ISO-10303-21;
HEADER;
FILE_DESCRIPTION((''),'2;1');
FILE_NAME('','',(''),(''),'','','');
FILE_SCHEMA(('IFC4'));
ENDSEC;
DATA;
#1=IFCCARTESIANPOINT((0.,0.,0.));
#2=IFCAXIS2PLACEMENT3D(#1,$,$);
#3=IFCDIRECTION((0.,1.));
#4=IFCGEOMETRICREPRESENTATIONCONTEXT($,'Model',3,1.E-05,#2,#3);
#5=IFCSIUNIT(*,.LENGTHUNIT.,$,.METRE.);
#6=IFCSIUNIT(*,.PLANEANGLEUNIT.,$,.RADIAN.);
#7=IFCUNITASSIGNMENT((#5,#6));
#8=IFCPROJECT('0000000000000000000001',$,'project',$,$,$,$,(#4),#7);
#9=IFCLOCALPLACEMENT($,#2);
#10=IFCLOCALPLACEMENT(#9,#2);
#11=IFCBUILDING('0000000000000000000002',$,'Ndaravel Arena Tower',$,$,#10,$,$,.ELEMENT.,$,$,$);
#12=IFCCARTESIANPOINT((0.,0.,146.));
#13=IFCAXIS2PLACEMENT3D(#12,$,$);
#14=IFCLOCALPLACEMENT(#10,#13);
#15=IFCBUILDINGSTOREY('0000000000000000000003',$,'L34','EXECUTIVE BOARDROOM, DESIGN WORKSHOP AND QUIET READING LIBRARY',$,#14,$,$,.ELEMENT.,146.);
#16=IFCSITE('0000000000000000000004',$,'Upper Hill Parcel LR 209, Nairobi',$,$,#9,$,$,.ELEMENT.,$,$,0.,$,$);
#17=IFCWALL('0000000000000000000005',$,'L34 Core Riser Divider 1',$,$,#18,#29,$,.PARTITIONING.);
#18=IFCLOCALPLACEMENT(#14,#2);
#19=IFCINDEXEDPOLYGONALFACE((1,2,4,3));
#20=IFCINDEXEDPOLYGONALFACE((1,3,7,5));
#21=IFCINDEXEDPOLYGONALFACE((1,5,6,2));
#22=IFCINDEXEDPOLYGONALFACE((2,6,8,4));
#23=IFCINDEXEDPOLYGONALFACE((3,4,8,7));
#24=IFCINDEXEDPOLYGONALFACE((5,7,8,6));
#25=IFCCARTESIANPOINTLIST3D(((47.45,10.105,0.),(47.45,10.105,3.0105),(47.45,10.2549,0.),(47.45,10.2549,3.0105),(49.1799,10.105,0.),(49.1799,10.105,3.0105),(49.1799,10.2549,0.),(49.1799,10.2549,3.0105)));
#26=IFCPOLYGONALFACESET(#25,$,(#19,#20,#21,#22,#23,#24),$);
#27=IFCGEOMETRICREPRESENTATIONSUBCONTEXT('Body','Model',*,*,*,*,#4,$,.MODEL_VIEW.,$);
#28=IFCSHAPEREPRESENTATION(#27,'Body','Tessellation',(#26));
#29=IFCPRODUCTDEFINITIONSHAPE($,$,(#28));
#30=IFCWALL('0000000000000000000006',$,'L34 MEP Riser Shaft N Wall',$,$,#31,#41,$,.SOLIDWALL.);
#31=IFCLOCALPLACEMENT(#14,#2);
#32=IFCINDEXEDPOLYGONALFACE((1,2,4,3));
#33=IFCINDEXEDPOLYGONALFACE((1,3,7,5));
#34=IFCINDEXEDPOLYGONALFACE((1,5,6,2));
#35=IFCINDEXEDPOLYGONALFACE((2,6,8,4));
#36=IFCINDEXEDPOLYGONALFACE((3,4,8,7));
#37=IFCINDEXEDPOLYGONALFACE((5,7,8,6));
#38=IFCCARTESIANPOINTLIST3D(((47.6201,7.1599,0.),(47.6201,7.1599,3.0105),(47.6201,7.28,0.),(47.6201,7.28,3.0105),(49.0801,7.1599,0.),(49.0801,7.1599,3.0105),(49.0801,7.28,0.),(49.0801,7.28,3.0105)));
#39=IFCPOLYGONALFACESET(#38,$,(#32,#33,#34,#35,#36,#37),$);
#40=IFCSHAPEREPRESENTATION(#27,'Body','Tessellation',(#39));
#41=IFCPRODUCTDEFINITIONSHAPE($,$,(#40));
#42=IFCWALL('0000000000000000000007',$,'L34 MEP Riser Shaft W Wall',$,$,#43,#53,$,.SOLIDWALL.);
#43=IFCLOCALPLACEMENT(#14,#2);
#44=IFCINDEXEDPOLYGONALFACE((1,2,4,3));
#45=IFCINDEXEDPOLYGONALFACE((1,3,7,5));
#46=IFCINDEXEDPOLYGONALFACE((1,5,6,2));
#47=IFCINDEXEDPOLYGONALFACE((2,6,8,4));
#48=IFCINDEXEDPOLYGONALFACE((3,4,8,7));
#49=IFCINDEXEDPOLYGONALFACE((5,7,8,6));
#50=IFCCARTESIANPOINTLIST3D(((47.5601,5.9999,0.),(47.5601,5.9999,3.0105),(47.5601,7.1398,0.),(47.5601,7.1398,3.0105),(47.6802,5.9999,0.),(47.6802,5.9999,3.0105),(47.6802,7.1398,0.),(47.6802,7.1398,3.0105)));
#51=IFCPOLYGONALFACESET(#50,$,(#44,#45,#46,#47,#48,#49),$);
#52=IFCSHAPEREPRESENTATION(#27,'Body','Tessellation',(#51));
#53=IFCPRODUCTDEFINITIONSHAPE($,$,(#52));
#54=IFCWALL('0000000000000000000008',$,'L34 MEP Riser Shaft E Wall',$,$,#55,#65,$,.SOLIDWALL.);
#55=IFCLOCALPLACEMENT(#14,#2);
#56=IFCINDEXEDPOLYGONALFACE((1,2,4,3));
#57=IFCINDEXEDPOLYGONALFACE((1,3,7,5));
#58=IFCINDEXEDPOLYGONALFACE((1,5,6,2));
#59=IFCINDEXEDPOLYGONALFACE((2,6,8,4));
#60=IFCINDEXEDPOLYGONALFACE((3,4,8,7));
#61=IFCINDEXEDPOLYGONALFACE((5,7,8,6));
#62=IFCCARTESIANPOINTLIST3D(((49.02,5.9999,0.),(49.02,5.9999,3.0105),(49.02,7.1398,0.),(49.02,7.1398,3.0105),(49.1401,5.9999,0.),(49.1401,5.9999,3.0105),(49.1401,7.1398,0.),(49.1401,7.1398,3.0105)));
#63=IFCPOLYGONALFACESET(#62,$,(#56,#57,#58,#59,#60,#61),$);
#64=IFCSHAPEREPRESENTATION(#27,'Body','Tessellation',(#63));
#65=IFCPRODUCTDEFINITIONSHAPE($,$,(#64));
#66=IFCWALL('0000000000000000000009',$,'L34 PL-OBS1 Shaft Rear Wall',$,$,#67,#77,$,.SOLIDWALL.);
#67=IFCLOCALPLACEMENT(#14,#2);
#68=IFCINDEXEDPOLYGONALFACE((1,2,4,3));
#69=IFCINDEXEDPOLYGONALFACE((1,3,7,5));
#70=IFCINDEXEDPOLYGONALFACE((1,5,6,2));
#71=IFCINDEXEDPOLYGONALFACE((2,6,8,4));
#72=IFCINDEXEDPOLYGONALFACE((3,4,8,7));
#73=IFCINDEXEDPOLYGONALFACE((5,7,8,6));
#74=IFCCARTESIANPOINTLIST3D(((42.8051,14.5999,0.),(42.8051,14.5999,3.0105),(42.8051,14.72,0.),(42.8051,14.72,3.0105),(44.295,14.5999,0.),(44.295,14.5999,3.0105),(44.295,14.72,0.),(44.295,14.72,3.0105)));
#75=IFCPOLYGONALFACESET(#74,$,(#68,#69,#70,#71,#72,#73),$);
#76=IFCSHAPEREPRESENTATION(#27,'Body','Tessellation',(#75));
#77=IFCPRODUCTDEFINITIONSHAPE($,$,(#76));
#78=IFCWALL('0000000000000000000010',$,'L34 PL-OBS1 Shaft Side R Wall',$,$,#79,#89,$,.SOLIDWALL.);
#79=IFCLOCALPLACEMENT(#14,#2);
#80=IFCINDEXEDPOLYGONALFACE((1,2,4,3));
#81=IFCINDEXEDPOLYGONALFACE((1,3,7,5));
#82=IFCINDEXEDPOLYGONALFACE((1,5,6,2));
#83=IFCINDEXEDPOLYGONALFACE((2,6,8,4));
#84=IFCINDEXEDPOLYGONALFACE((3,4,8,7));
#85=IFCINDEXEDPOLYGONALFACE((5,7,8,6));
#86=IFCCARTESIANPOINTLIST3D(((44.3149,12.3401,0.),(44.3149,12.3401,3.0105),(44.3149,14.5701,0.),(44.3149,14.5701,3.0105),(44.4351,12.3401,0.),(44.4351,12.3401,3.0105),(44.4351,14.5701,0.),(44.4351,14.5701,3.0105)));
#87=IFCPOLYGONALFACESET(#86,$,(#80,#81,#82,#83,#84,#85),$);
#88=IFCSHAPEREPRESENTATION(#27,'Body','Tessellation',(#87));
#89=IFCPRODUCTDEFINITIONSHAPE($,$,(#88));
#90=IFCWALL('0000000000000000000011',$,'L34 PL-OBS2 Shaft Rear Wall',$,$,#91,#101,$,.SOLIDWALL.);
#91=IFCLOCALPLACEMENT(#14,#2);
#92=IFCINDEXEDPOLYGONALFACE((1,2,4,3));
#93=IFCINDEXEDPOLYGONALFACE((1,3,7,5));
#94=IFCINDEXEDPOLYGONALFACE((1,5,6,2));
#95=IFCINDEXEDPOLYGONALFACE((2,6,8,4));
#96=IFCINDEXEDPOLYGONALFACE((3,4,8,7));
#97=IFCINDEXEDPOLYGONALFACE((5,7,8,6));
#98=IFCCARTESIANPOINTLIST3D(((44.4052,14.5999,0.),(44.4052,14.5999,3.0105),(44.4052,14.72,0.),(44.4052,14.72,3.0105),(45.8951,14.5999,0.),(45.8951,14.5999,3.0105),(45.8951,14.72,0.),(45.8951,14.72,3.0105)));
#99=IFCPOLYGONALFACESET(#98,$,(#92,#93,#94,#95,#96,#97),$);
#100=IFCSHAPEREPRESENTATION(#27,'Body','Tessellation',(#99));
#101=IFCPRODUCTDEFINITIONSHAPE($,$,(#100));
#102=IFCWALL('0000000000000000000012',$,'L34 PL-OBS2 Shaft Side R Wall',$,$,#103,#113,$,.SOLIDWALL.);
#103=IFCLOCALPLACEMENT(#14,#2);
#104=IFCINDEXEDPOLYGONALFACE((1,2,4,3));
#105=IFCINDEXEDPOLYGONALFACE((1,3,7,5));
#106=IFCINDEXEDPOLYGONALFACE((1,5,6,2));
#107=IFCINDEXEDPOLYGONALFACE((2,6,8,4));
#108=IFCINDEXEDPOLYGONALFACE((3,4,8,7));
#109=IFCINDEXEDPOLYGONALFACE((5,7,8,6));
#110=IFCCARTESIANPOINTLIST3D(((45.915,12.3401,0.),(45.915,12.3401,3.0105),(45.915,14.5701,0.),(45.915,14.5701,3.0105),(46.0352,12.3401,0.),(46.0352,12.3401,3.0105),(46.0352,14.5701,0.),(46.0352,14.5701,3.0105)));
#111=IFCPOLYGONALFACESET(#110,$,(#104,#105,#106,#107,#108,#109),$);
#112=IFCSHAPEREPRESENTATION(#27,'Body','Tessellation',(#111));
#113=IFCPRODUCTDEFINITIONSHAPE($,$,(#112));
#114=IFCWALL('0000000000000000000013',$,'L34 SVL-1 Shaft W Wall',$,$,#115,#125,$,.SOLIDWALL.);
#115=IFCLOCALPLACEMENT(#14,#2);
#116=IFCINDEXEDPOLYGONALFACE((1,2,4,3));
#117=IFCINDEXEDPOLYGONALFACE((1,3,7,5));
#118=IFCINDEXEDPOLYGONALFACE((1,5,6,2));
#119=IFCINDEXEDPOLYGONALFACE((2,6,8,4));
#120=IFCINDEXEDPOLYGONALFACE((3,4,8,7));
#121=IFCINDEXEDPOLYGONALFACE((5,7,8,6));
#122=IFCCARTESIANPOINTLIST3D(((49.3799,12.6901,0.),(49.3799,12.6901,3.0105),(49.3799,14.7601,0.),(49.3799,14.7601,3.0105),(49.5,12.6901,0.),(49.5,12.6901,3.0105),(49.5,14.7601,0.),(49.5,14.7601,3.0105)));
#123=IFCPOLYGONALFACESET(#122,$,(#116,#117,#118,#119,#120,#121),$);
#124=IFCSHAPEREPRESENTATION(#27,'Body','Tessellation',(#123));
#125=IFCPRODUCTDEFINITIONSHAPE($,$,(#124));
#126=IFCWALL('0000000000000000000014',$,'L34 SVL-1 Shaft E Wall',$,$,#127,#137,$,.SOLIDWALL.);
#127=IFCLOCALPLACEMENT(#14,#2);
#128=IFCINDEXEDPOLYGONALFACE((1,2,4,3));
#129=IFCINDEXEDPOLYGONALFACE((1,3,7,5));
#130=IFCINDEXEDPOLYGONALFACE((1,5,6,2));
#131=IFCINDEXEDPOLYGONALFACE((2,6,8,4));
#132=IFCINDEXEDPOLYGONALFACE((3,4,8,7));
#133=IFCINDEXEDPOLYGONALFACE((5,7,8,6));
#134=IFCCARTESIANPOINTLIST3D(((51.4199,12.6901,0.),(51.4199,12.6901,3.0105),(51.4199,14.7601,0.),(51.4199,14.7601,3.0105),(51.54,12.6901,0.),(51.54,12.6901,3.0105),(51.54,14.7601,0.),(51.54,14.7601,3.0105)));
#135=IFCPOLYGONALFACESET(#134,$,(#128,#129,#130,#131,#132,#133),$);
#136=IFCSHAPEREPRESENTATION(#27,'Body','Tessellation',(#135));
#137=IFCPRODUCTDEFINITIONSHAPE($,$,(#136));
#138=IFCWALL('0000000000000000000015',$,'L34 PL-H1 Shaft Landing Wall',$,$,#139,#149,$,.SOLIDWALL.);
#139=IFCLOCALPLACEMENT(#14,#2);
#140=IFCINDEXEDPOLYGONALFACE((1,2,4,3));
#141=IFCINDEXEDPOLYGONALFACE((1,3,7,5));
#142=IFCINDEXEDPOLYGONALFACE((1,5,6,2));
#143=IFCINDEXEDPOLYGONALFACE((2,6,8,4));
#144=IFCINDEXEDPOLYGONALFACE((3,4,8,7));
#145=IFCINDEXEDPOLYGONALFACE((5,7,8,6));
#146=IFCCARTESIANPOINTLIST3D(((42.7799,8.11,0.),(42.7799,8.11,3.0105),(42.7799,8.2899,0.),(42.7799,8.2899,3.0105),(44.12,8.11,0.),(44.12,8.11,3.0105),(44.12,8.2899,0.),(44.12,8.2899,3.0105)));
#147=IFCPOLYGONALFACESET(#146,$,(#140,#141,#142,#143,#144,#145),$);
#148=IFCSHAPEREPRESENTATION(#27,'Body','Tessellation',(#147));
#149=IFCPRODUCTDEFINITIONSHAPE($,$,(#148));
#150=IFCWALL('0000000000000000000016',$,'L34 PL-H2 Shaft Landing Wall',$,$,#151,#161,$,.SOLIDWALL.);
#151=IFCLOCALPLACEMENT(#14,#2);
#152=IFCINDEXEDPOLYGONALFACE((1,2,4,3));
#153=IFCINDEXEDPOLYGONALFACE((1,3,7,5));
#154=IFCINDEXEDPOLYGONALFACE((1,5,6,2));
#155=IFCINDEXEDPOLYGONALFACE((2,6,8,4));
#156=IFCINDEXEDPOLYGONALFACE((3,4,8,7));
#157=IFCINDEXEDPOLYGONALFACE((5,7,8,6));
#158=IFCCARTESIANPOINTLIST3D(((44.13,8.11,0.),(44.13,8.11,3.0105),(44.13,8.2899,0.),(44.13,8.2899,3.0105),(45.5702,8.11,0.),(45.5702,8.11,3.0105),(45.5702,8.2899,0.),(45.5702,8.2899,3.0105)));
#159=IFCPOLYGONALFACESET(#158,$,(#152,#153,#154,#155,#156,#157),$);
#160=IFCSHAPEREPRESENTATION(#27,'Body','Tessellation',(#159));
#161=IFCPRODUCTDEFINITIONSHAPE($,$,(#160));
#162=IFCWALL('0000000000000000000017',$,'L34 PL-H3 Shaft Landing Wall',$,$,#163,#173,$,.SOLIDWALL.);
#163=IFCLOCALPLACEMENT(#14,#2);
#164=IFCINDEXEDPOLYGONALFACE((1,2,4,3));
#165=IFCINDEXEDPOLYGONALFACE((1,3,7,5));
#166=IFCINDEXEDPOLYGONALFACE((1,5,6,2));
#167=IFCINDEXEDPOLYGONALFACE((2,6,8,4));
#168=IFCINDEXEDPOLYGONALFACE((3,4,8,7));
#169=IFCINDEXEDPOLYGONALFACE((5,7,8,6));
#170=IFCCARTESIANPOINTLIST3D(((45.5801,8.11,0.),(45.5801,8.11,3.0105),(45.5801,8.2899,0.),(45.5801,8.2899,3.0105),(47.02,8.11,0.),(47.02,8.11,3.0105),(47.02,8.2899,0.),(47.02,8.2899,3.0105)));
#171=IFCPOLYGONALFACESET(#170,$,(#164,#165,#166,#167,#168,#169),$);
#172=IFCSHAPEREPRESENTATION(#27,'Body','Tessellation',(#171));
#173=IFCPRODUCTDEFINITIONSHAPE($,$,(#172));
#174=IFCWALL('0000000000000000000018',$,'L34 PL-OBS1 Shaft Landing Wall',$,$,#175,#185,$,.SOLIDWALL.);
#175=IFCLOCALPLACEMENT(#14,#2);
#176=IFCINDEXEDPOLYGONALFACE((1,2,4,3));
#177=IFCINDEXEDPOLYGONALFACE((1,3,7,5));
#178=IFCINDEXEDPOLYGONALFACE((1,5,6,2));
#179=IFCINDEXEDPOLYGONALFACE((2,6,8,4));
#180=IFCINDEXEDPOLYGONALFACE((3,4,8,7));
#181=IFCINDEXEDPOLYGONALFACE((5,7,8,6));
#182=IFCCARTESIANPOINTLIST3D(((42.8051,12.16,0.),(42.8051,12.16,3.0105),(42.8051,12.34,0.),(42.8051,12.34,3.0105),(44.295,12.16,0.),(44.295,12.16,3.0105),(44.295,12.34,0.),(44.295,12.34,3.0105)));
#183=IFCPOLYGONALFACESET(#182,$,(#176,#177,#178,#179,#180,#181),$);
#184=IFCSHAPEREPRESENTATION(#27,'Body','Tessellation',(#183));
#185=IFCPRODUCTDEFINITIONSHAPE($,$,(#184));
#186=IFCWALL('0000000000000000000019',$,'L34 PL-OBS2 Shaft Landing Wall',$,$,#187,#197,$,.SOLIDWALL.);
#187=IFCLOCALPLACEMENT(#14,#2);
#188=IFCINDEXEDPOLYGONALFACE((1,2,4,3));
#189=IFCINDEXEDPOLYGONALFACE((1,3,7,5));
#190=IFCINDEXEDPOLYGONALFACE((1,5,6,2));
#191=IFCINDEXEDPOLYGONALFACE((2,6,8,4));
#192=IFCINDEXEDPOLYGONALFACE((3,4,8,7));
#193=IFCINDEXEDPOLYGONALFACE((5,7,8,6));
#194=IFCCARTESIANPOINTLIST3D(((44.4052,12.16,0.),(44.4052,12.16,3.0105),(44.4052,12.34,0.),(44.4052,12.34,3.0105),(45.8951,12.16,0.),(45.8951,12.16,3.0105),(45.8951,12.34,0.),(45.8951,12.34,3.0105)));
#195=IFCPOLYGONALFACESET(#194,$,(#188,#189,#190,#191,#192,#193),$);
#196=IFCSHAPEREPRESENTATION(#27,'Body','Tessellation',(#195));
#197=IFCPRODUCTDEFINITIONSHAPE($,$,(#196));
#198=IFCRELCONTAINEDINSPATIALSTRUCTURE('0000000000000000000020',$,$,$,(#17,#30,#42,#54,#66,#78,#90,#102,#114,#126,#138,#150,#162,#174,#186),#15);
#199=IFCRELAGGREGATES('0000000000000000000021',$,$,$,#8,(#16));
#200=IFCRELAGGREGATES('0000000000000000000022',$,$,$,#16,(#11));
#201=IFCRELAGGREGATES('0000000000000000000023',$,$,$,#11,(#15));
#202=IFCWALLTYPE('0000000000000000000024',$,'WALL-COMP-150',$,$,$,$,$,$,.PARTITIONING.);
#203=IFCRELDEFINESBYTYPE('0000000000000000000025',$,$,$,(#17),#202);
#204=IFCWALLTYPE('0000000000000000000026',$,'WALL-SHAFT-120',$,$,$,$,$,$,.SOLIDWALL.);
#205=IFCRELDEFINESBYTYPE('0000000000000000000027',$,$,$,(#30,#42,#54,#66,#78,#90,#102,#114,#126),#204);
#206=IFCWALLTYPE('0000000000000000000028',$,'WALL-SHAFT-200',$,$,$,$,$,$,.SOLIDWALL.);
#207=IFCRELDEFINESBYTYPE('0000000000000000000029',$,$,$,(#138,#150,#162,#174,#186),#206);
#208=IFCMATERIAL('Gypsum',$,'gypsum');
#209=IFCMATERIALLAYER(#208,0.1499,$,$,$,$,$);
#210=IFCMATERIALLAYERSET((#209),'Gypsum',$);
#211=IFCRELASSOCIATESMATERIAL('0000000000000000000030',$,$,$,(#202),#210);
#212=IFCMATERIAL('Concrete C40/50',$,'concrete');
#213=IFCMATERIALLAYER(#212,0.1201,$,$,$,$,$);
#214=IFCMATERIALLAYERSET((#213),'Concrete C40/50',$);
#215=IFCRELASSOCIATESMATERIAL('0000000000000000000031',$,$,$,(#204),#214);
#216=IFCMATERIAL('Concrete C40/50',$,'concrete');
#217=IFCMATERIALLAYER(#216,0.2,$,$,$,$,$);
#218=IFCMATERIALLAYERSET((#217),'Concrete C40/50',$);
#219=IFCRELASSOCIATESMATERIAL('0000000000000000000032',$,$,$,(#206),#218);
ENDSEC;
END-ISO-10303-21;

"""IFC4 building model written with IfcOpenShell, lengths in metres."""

from ifc_helpers import new_model, si_unit, direction, frame, frame_2d, origin, place, context, subcontext, project, spatial, rectangle, extrude, material, layer, layer_set, type_object, element, save


model = new_model("IFC4")

# Units and contexts
model_context = context("Model", 3, precision=1e-05, world=origin(), true_north=direction((0.0, 1.0)))
body_context = subcontext(model_context, "Body", "Model", "MODEL_VIEW")
ifc_project = project(units=[si_unit("LENGTHUNIT", "METRE"), si_unit("PLANEANGLEUNIT", "RADIAN")], contexts=[model_context])

# Site, building, storey
site_placement = place(None, origin())
site = spatial("IfcSite", under=ifc_project, at=site_placement, Name="Upper Hill Parcel LR 209, Nairobi", CompositionType="ELEMENT", RefElevation=0.0)
building_placement = place(site_placement, origin())
building = spatial("IfcBuilding", under=site, at=building_placement, Name="Ndaravel Arena Tower", CompositionType="ELEMENT")
storey_placement = place(building_placement, frame((0.0, 0.0, 146.0)))
storey = spatial("IfcBuildingStorey", under=building, at=storey_placement, Name="L34", Description="EXECUTIVE BOARDROOM, DESIGN WORKSHOP AND QUIET READING LIBRARY", CompositionType="ELEMENT", Elevation=146.0)

# Walls
ifc_material_1 = material(Name="Gypsum", Category="gypsum")
ifc_layer_1 = layer(ifc_material_1, 0.1499)
ifc_layer_set_1 = layer_set([ifc_layer_1], Name="Gypsum")
wall_type_1 = type_object("IfcWallType", Name="WALL-COMP-150", PredefinedType="PARTITIONING", material=ifc_layer_set_1)
wall_1_placement = place(storey_placement, frame((47.45, 10.1799, 0.0), z_axis=(0.0, 0.0, 1.0), x_axis=(1.0, 0.0, 0.0)))
element("IfcWall", 1, at=wall_1_placement, inside=storey, type_object=wall_type_1, Name="L34 Core Riser Divider 1", PredefinedType="PARTITIONING", context=body_context, shape_type="SweptSolid", body=[
    extrude(rectangle(XDim=1.73, YDim=0.1499, at=frame_2d((0.865, 0.0))), origin(), (0.0, 0.0, 1.0), 3.0105),
])
ifc_material_2 = material(Name="Concrete C40/50", Category="concrete")
ifc_layer_2 = layer(ifc_material_2, 0.1201)
ifc_layer_set_2 = layer_set([ifc_layer_2], Name="Concrete C40/50")
wall_type_2 = type_object("IfcWallType", Name="WALL-SHAFT-120", PredefinedType="SOLIDWALL", material=ifc_layer_set_2)
wall_2_placement = place(storey_placement, frame((47.6201, 7.22, 0.0), z_axis=(0.0, 0.0, 1.0), x_axis=(1.0, 0.0, 0.0)))
element("IfcWall", 2, at=wall_2_placement, inside=storey, type_object=wall_type_2, Name="L34 MEP Riser Shaft N Wall", PredefinedType="SOLIDWALL", context=body_context, shape_type="SweptSolid", body=[
    extrude(rectangle(XDim=1.46, YDim=0.1201, at=frame_2d((0.73, 0.0))), origin(), (0.0, 0.0, 1.0), 3.0105),
])
for number, where, z_axis, x_axis, name in (
    (3, (47.6201, 6.0, 0.0), (0.0, 0.0, 1.0), (0.0, 1.0, 0.0), "L34 MEP Riser Shaft W Wall"),
    (4, (49.0801, 6.0, 0.0), (0.0, 0.0, 1.0), (0.0, 1.0, 0.0), "L34 MEP Riser Shaft E Wall"),
):
    element("IfcWall", number, at=place(storey_placement, frame(where, z_axis=z_axis, x_axis=x_axis)), inside=storey, type_object=wall_type_2, Name=name, PredefinedType="SOLIDWALL", context=body_context, shape_type="SweptSolid", body=[
        extrude(rectangle(XDim=1.1399, YDim=0.1201, at=frame_2d((0.5698, 0.0))), origin(), (0.0, 0.0, 1.0), 3.0105),
    ])
wall_3_placement = place(storey_placement, frame((42.8049, 14.6599, 0.0), z_axis=(0.0, 0.0, 1.0), x_axis=(1.0, 0.0, 0.0)))
element("IfcWall", 5, at=wall_3_placement, inside=storey, type_object=wall_type_2, Name="L34 PL-OBS1 Shaft Rear Wall", PredefinedType="SOLIDWALL", context=body_context, shape_type="SweptSolid", body=[
    extrude(rectangle(XDim=1.49, YDim=0.1201, at=frame_2d((0.7451, 0.0))), origin(), (0.0, 0.0, 1.0), 3.0105),
])
wall_4_placement = place(storey_placement, frame((44.375, 12.3401, 0.0), z_axis=(0.0, 0.0, 1.0), x_axis=(0.0, 1.0, 0.0)))
element("IfcWall", 6, at=wall_4_placement, inside=storey, type_object=wall_type_2, Name="L34 PL-OBS1 Shaft Side R Wall", PredefinedType="SOLIDWALL", context=body_context, shape_type="SweptSolid", body=[
    extrude(rectangle(XDim=2.23, YDim=0.1201, at=frame_2d((1.115, 0.0))), origin(), (0.0, 0.0, 1.0), 3.0105),
])
wall_5_placement = place(storey_placement, frame((44.405, 14.6599, 0.0), z_axis=(0.0, 0.0, 1.0), x_axis=(1.0, 0.0, 0.0)))
element("IfcWall", 7, at=wall_5_placement, inside=storey, type_object=wall_type_2, Name="L34 PL-OBS2 Shaft Rear Wall", PredefinedType="SOLIDWALL", context=body_context, shape_type="SweptSolid", body=[
    extrude(rectangle(XDim=1.49, YDim=0.1201, at=frame_2d((0.7451, 0.0))), origin(), (0.0, 0.0, 1.0), 3.0105),
])
wall_6_placement = place(storey_placement, frame((45.9751, 12.3401, 0.0), z_axis=(0.0, 0.0, 1.0), x_axis=(0.0, 1.0, 0.0)))
element("IfcWall", 8, at=wall_6_placement, inside=storey, type_object=wall_type_2, Name="L34 PL-OBS2 Shaft Side R Wall", PredefinedType="SOLIDWALL", context=body_context, shape_type="SweptSolid", body=[
    extrude(rectangle(XDim=2.23, YDim=0.1201, at=frame_2d((1.115, 0.0))), origin(), (0.0, 0.0, 1.0), 3.0105),
])
for number, where, z_axis, x_axis, name in (
    (9, (49.4399, 12.6899, 0.0), (0.0, 0.0, 1.0), (0.0, 1.0, 0.0), "L34 SVL-1 Shaft W Wall"),
    (10, (51.48, 12.6899, 0.0), (0.0, 0.0, 1.0), (0.0, 1.0, 0.0), "L34 SVL-1 Shaft E Wall"),
):
    element("IfcWall", number, at=place(storey_placement, frame(where, z_axis=z_axis, x_axis=x_axis)), inside=storey, type_object=wall_type_2, Name=name, PredefinedType="SOLIDWALL", context=body_context, shape_type="SweptSolid", body=[
        extrude(rectangle(XDim=2.0701, YDim=0.1201, at=frame_2d((1.0352, 0.0))), origin(), (0.0, 0.0, 1.0), 3.0105),
    ])
ifc_material_3 = material(Name="Concrete C40/50", Category="concrete")
ifc_layer_3 = layer(ifc_material_3, 0.2)
ifc_layer_set_3 = layer_set([ifc_layer_3], Name="Concrete C40/50")
wall_type_3 = type_object("IfcWallType", Name="WALL-SHAFT-200", PredefinedType="SOLIDWALL", material=ifc_layer_set_3)
wall_7_placement = place(storey_placement, frame((42.78, 8.2, 0.0), z_axis=(0.0, 0.0, 1.0), x_axis=(1.0, 0.0, 0.0)))
element("IfcWall", 11, at=wall_7_placement, inside=storey, type_object=wall_type_3, Name="L34 PL-H1 Shaft Landing Wall", PredefinedType="SOLIDWALL", context=body_context, shape_type="SweptSolid", body=[
    extrude(rectangle(XDim=1.3401, YDim=0.1799, at=frame_2d((0.6699, 0.0))), origin(), (0.0, 0.0, 1.0), 3.0105),
])
wall_8_placement = place(storey_placement, frame((44.1299, 8.2, 0.0), z_axis=(0.0, 0.0, 1.0), x_axis=(1.0, 0.0, 0.0)))
element("IfcWall", 12, at=wall_8_placement, inside=storey, type_object=wall_type_3, Name="L34 PL-H2 Shaft Landing Wall", PredefinedType="SOLIDWALL", context=body_context, shape_type="SweptSolid", body=[
    extrude(rectangle(XDim=1.4402, YDim=0.1799, at=frame_2d((0.7202, 0.0))), origin(), (0.0, 0.0, 1.0), 3.0105),
])
wall_9_placement = place(storey_placement, frame((45.5801, 8.2, 0.0), z_axis=(0.0, 0.0, 1.0), x_axis=(1.0, 0.0, 0.0)))
element("IfcWall", 13, at=wall_9_placement, inside=storey, type_object=wall_type_3, Name="L34 PL-H3 Shaft Landing Wall", PredefinedType="SOLIDWALL", context=body_context, shape_type="SweptSolid", body=[
    extrude(rectangle(XDim=1.4399, YDim=0.1799, at=frame_2d((0.72, 0.0))), origin(), (0.0, 0.0, 1.0), 3.0105),
])
for number, where, z_axis, x_axis, name in (
    (14, (42.8049, 12.25, 0.0), (0.0, 0.0, 1.0), (1.0, 0.0, 0.0), "L34 PL-OBS1 Shaft Landing Wall"),
    (15, (44.405, 12.25, 0.0), (0.0, 0.0, 1.0), (1.0, 0.0, 0.0), "L34 PL-OBS2 Shaft Landing Wall"),
):
    element("IfcWall", number, at=place(storey_placement, frame(where, z_axis=z_axis, x_axis=x_axis)), inside=storey, type_object=wall_type_3, Name=name, PredefinedType="SOLIDWALL", context=body_context, shape_type="SweptSolid", body=[
        extrude(rectangle(XDim=1.49, YDim=0.1799, at=frame_2d((0.7451, 0.0))), origin(), (0.0, 0.0, 1.0), 3.0105),
    ])

save(model, "model.ifc")
